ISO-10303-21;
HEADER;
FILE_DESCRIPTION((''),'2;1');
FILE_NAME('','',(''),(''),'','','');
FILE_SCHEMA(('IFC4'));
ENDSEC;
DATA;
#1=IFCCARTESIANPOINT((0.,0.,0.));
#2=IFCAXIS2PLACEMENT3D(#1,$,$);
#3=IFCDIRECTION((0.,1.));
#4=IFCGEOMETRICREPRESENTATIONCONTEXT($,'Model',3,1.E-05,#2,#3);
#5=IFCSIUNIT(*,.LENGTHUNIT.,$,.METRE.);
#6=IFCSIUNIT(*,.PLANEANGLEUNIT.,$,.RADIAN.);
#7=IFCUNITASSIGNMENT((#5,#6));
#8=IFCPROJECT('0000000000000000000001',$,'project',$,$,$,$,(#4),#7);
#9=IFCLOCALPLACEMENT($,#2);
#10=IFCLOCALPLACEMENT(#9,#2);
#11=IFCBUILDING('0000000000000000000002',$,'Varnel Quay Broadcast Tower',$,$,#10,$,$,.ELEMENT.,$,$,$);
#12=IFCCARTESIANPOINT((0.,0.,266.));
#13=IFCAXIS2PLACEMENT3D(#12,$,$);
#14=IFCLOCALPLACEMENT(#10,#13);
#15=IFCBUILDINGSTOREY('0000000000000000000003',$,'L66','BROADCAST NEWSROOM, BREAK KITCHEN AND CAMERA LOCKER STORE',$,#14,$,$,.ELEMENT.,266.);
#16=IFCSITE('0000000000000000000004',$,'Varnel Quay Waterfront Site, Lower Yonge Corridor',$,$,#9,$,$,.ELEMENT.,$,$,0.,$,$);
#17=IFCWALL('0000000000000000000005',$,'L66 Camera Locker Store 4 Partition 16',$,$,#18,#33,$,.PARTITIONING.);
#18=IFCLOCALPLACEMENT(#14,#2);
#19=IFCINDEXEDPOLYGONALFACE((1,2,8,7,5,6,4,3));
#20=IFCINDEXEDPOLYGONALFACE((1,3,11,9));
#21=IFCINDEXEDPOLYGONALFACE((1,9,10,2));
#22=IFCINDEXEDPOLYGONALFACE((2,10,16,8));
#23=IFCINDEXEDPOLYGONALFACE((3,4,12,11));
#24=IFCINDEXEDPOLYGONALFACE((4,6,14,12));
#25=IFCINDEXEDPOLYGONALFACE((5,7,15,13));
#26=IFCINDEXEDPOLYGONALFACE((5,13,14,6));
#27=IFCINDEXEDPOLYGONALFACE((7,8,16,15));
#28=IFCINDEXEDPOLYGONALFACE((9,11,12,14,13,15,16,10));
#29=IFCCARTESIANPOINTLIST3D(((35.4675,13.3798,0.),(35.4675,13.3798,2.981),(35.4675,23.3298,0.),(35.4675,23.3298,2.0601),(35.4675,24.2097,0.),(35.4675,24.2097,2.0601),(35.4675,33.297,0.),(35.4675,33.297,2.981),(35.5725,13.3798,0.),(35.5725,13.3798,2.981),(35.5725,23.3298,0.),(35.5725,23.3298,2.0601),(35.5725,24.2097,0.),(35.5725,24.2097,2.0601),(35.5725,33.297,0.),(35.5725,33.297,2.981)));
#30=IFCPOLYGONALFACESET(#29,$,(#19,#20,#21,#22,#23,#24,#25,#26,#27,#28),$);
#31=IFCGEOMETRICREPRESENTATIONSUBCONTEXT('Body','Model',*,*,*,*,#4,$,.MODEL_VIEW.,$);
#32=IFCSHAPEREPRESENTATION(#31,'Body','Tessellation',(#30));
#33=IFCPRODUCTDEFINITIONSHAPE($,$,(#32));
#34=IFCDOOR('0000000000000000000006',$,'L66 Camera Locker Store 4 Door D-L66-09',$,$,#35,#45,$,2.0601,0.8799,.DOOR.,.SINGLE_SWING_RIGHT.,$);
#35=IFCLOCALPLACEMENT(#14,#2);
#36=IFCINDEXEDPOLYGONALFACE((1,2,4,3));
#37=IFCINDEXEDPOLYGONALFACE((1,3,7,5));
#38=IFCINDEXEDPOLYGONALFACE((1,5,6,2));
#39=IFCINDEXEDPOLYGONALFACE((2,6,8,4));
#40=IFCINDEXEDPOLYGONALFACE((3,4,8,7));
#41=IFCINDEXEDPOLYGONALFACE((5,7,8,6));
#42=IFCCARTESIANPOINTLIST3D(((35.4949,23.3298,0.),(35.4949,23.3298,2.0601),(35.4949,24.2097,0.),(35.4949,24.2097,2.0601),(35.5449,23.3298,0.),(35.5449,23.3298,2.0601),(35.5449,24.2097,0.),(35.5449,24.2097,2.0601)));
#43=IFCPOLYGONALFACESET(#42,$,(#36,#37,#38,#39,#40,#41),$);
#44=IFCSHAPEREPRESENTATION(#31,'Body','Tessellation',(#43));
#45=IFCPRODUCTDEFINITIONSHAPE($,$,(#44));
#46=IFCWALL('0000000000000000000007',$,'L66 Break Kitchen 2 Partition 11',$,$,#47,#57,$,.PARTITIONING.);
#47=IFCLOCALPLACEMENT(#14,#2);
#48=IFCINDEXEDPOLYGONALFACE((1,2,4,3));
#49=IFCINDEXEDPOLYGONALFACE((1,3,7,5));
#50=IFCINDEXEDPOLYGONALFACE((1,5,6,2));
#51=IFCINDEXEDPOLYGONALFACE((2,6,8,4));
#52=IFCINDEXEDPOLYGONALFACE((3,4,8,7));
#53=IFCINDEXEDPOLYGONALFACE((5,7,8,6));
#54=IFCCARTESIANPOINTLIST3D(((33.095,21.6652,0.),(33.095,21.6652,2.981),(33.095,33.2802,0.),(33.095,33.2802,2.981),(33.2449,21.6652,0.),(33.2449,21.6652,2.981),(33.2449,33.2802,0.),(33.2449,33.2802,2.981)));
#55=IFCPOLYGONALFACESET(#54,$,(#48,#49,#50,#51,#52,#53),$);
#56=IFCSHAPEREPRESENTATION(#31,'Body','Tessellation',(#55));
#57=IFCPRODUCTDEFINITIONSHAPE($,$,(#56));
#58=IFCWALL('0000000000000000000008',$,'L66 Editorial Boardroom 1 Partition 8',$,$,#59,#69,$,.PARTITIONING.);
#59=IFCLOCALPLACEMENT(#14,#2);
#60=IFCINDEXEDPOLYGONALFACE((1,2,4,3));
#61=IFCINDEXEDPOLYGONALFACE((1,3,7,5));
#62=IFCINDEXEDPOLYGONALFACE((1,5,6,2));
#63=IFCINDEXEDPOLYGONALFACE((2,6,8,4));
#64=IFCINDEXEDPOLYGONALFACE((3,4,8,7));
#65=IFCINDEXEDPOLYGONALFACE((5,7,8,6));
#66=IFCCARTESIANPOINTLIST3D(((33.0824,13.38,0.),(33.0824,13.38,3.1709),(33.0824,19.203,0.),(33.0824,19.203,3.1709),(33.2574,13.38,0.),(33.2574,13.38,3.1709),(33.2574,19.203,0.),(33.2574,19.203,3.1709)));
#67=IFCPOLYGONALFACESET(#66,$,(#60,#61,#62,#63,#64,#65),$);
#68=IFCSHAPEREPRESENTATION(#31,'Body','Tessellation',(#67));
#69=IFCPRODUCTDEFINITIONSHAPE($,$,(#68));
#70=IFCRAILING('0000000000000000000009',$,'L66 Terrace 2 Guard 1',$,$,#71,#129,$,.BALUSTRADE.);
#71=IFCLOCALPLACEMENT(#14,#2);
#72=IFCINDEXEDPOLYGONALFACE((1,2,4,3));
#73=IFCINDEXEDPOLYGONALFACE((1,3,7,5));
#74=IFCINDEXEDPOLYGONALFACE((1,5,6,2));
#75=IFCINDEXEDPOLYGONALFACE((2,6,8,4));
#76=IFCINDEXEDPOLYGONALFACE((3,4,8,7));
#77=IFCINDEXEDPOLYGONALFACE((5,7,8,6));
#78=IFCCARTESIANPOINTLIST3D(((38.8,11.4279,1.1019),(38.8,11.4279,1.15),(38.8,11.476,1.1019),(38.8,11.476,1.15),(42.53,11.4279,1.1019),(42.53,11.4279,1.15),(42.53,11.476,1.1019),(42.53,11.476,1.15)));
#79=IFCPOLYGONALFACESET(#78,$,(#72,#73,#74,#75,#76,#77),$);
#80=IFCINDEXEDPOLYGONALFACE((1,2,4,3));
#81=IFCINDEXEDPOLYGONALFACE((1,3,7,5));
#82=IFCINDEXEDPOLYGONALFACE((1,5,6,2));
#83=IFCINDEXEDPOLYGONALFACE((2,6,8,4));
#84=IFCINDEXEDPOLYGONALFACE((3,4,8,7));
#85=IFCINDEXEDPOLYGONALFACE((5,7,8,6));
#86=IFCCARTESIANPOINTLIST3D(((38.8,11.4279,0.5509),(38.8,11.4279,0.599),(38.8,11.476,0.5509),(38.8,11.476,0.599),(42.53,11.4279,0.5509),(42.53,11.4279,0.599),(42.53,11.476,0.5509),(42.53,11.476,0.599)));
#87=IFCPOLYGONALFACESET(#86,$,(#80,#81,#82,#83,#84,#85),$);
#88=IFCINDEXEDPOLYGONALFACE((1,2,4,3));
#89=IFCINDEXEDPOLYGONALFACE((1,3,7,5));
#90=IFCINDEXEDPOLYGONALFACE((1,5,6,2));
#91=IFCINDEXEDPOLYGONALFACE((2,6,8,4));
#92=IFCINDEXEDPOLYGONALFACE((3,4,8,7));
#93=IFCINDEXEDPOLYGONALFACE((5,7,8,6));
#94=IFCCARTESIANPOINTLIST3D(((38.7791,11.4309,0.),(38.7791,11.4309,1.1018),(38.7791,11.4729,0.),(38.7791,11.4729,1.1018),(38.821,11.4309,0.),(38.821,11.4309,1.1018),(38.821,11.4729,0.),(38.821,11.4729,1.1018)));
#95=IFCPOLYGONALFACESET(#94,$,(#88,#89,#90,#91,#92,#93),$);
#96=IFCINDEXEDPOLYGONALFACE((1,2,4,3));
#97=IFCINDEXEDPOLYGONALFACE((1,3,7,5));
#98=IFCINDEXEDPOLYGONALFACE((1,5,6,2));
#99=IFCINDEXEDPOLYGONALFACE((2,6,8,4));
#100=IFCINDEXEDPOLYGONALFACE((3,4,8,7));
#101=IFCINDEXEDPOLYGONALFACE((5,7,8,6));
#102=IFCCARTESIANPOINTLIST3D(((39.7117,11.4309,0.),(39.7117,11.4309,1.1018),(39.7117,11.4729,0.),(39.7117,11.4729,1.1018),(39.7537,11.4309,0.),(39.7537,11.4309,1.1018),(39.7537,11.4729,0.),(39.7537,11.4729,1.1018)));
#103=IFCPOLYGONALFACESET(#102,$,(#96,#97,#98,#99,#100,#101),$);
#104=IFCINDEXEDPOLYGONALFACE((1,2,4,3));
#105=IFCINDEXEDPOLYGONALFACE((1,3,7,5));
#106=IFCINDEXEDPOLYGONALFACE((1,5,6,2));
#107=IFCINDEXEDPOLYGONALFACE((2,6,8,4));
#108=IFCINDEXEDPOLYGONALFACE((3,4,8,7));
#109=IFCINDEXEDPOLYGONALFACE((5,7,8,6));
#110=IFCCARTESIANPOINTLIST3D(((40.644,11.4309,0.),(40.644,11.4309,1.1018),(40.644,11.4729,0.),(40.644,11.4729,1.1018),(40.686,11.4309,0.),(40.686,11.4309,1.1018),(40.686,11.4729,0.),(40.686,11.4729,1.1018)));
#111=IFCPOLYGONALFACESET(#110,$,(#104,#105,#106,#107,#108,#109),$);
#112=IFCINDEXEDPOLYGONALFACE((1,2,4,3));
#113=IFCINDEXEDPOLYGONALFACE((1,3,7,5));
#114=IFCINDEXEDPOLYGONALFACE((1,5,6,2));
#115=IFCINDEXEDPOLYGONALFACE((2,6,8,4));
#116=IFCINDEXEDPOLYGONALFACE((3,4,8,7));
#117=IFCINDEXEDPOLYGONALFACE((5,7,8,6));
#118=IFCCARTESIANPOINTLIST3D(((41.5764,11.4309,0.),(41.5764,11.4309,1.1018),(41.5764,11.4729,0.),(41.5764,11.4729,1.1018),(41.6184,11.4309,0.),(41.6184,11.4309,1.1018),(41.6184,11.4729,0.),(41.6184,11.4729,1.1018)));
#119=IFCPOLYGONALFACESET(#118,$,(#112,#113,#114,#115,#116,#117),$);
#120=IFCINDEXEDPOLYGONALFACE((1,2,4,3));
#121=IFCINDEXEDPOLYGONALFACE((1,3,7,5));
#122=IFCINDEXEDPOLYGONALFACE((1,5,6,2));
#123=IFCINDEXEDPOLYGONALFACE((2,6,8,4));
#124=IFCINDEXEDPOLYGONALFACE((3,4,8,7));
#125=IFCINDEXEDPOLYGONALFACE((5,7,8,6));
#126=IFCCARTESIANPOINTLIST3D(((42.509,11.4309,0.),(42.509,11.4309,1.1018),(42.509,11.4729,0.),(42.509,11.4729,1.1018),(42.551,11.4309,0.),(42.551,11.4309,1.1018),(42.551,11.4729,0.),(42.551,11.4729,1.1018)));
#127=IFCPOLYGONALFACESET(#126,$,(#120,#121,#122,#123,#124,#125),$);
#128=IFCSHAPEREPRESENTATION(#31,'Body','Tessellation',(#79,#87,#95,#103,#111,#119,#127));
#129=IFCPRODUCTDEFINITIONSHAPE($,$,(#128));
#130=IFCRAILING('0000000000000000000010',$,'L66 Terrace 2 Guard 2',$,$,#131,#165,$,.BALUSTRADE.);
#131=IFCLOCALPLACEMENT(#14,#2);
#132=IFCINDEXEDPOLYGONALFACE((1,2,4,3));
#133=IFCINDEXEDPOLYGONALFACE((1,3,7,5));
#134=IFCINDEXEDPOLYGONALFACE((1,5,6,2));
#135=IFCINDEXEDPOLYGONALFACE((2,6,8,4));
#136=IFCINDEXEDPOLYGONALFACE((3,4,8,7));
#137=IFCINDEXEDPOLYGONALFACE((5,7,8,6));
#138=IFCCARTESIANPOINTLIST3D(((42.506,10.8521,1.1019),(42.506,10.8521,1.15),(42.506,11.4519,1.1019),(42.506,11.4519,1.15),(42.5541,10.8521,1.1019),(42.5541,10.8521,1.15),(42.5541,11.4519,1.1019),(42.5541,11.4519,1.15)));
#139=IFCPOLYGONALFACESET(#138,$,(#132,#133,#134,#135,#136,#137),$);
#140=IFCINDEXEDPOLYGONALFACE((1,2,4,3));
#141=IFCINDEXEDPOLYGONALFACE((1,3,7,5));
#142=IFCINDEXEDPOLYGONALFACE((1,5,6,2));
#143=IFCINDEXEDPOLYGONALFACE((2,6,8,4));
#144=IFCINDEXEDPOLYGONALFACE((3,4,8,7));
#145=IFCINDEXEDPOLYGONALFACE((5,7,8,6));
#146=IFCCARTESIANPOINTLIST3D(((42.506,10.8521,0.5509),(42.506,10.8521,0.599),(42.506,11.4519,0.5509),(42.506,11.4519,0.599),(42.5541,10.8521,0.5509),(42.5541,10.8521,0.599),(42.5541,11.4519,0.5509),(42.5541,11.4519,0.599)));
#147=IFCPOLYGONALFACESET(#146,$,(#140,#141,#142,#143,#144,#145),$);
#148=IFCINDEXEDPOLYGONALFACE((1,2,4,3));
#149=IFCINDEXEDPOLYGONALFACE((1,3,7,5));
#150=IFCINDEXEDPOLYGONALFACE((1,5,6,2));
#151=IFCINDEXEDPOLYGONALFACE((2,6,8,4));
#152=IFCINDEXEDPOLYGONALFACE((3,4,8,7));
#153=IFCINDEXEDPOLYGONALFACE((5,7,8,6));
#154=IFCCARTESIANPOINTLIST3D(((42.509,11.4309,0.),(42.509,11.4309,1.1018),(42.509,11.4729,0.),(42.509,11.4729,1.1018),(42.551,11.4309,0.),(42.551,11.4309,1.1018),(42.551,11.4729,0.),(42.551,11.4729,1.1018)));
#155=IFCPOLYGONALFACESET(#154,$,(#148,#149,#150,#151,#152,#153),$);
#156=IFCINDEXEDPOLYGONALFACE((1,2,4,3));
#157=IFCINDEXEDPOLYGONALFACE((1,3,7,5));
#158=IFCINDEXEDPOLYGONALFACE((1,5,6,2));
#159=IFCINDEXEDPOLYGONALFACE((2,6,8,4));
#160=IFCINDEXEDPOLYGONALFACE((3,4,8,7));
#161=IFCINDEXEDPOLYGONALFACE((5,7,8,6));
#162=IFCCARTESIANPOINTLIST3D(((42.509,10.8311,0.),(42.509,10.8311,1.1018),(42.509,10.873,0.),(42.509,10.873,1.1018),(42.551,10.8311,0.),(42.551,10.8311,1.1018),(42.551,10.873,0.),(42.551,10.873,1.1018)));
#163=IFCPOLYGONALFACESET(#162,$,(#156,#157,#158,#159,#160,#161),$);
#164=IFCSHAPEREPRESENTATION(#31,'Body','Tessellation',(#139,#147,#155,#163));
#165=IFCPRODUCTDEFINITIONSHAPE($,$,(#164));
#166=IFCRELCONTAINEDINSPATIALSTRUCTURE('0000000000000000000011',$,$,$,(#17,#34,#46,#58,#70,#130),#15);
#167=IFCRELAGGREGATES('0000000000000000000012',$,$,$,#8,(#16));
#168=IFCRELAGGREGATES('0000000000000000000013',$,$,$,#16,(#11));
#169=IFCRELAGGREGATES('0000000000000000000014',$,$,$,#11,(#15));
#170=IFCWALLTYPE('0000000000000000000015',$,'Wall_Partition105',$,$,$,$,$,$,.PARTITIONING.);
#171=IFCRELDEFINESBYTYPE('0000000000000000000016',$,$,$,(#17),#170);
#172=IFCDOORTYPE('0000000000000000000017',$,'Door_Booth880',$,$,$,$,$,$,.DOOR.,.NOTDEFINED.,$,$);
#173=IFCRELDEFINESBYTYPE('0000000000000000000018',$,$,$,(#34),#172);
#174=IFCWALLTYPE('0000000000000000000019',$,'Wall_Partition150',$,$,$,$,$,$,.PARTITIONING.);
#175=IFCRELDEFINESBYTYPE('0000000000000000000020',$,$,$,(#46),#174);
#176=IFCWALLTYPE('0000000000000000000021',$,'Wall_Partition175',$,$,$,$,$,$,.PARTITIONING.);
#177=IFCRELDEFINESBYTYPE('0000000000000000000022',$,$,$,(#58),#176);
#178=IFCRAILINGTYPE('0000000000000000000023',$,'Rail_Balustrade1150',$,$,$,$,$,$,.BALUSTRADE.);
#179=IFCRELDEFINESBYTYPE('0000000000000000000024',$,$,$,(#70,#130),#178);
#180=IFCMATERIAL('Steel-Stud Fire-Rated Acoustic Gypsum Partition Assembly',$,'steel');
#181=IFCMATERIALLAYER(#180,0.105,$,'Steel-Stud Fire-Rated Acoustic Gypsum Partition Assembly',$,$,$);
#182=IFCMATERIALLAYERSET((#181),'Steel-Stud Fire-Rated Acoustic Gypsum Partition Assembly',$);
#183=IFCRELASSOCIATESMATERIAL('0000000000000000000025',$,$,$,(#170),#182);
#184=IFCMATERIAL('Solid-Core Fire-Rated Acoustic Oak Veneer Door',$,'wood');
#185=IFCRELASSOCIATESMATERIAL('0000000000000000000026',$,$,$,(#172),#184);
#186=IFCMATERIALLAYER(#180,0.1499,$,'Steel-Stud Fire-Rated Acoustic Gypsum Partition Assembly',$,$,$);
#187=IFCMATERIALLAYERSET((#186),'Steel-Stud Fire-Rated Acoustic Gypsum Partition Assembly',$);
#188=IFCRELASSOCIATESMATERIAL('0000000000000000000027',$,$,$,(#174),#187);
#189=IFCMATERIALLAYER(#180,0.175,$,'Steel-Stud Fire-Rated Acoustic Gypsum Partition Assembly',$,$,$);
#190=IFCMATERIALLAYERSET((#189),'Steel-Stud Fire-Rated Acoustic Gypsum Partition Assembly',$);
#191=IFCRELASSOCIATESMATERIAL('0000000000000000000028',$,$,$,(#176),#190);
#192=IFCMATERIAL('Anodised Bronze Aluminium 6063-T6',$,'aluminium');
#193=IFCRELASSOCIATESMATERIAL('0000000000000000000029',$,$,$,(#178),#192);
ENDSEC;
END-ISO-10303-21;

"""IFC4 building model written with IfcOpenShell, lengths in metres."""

from ifc_helpers import new_model, si_unit, direction, frame, frame_2d, origin, origin_2d, place, context, subcontext, project, spatial, rectangle, extrude, source, transform, mapped, material, layer, layer_set, type_object, type_shapes, element, fill, save


model = new_model("IFC4")

# Units and contexts
model_context = context("Model", 3, precision=1e-05, world=origin(), true_north=direction((0.0, 1.0)))
body_context = subcontext(model_context, "Body", "Model", "MODEL_VIEW")
ifc_project = project(units=[si_unit("LENGTHUNIT", "METRE"), si_unit("PLANEANGLEUNIT", "RADIAN")], contexts=[model_context])

# Site, building, storey
site_placement = place(None, origin())
site = spatial("IfcSite", under=ifc_project, at=site_placement, Name="Varnel Quay Waterfront Site, Lower Yonge Corridor", CompositionType="ELEMENT", RefElevation=0.0)
building_placement = place(site_placement, origin())
building = spatial("IfcBuilding", under=site, at=building_placement, Name="Varnel Quay Broadcast Tower", CompositionType="ELEMENT")
storey_placement = place(building_placement, frame((0.0, 0.0, 266.0)))
storey = spatial("IfcBuildingStorey", under=building, at=storey_placement, Name="L66", Description="BROADCAST NEWSROOM, BREAK KITCHEN AND CAMERA LOCKER STORE", CompositionType="ELEMENT", Elevation=266.0)

# Shared definitions
ifc_material_1 = material(Name="Anodised Bronze Aluminium 6063-T6", Category="aluminium")

# Shared definitions
ifc_material_2 = material(Name="Steel-Stud Fire-Rated Acoustic Gypsum Partition Assembly", Category="steel")
ifc_layer_1 = layer(ifc_material_2, 0.105, Name="Steel-Stud Fire-Rated Acoustic Gypsum Partition Assembly")
ifc_layer_set_1 = layer_set([ifc_layer_1], Name="Steel-Stud Fire-Rated Acoustic Gypsum Partition Assembly")
wall_type_1 = type_object("IfcWallType", Name="Wall_Partition105", PredefinedType="PARTITIONING", material=ifc_layer_set_1)

# Wall, opening, door
wall_1_placement = place(storey_placement, frame((35.52, 13.3799, 0.0), z_axis=(0.0, 0.0, 1.0), x_axis=(0.0, 1.0, 0.0)))
wall_1 = element("IfcWall", 1, at=wall_1_placement, inside=storey, type_object=wall_type_1, Name="L66 Camera Locker Store 4 Partition 16", PredefinedType="PARTITIONING", context=body_context, shape_type="SweptSolid", body=[
    extrude(rectangle(XDim=19.9172, YDim=0.105, at=frame_2d((9.9585, 0.0))), origin(), (0.0, 0.0, 1.0), 2.981),
])
opening_1_placement = place(wall_1_placement, frame((9.95, 0.0, 0.0)))
opening_1 = element("IfcOpeningElement", 2, at=opening_1_placement, cuts=wall_1, PredefinedType="OPENING", context=body_context, shape_type="SweptSolid", body=[
    extrude(rectangle(XDim=0.8799, YDim=2.0601, at=frame_2d((0.4399, 1.03))), frame((0.0, 0.0625, 0.0), z_axis=(0.0, -1.0, 0.0), x_axis=(1.0, 0.0, 0.0)), (0.0, 0.0, 1.0), 0.125),
])
ifc_material_3 = material(Name="Solid-Core Fire-Rated Acoustic Oak Veneer Door", Category="wood")
door_type_1 = type_object("IfcDoorType", Name="Door_Booth880", OperationType="NOTDEFINED", PredefinedType="DOOR", material=ifc_material_3)
shared_shape_1 = source(origin(), body_context, "Body", "SweptSolid", [
    extrude(rectangle(XDim=0.8799, YDim=2.0601, at=frame_2d((0.4399, 1.03))), frame((0.0, 0.0249, 0.0), z_axis=(0.0, -1.0, 0.0), x_axis=(1.0, 0.0, 0.0)), (0.0, 0.0, 1.0), 0.05),
])
type_shapes(door_type_1, [shared_shape_1])
door_1_placement = place(opening_1_placement, frame((0.8799, 0.0, 0.0), z_axis=(0.0, 0.0, 1.0), x_axis=(-1.0, 0.0, 0.0)))
door_1 = element("IfcDoor", 3, at=door_1_placement, inside=storey, type_object=door_type_1, Name="L66 Camera Locker Store 4 Door D-L66-09", OperationType="SINGLE_SWING_RIGHT", OverallHeight=2.0601, OverallWidth=0.8799, PredefinedType="DOOR", context=body_context, shape_type="MappedRepresentation", body=[
    mapped(shared_shape_1, transform((0.0, 0.0, 0.0), x_axis=(1.0, 0.0, 0.0), y_axis=(0.0, 1.0, 0.0), z_axis=(0.0, 0.0, 1.0), scale=1.0)),
])
fill(opening_1, door_1)

# Walls
ifc_layer_2 = layer(ifc_material_2, 0.1499, Name="Steel-Stud Fire-Rated Acoustic Gypsum Partition Assembly")
ifc_layer_set_2 = layer_set([ifc_layer_2], Name="Steel-Stud Fire-Rated Acoustic Gypsum Partition Assembly")
wall_type_2 = type_object("IfcWallType", Name="Wall_Partition150", PredefinedType="PARTITIONING", material=ifc_layer_set_2)
wall_2_placement = place(storey_placement, frame((33.1699, 21.665, 0.0), z_axis=(0.0, 0.0, 1.0), x_axis=(0.0, 1.0, 0.0)))
element("IfcWall", 4, at=wall_2_placement, inside=storey, type_object=wall_type_2, Name="L66 Break Kitchen 2 Partition 11", PredefinedType="PARTITIONING", context=body_context, shape_type="SweptSolid", body=[
    extrude(rectangle(XDim=11.615, YDim=0.1499, at=frame_2d((5.8076, 0.0))), origin(), (0.0, 0.0, 1.0), 2.981),
])
ifc_layer_3 = layer(ifc_material_2, 0.175, Name="Steel-Stud Fire-Rated Acoustic Gypsum Partition Assembly")
ifc_layer_set_3 = layer_set([ifc_layer_3], Name="Steel-Stud Fire-Rated Acoustic Gypsum Partition Assembly")
wall_type_3 = type_object("IfcWallType", Name="Wall_Partition175", PredefinedType="PARTITIONING", material=ifc_layer_set_3)
wall_3_placement = place(storey_placement, frame((33.1699, 13.3799, 0.0), z_axis=(0.0, 0.0, 1.0), x_axis=(0.0, 1.0, 0.0)))
element("IfcWall", 5, at=wall_3_placement, inside=storey, type_object=wall_type_3, Name="L66 Editorial Boardroom 1 Partition 8", PredefinedType="PARTITIONING", context=body_context, shape_type="SweptSolid", body=[
    extrude(rectangle(XDim=5.823, YDim=0.175, at=frame_2d((2.9116, 0.0))), origin(), (0.0, 0.0, 1.0), 3.1709),
])

# Railings
railing_type = type_object("IfcRailingType", Name="Rail_Balustrade1150", PredefinedType="BALUSTRADE", material=ifc_material_1)
railing_1_placement = place(storey_placement, frame((38.8, 11.4519, 0.0)))
element("IfcRailing", 6, at=railing_1_placement, inside=storey, type_object=railing_type, Name="L66 Terrace 2 Guard 1", PredefinedType="BALUSTRADE", context=body_context, shape_type="SweptSolid", body=[
    extrude(rectangle(XDim=0.0481, YDim=0.0481, at=origin_2d()), frame((0.0, 0.0, 1.126), z_axis=(1.0, 0.0, 0.0), x_axis=(0.0, 1.0, 0.0)), (0.0, 0.0, 1.0), 3.73),
    extrude(rectangle(XDim=0.0481, YDim=0.0481, at=origin_2d()), frame((0.0, 0.0, 0.575), z_axis=(1.0, 0.0, 0.0), x_axis=(0.0, 1.0, 0.0)), (0.0, 0.0, 1.0), 3.73),
    extrude(rectangle(XDim=0.042, YDim=0.042, at=origin_2d()), origin(), (0.0, 0.0, 1.0), 1.1018),
    extrude(rectangle(XDim=0.042, YDim=0.042, at=origin_2d()), frame((0.9326, 0.0, 0.0)), (0.0, 0.0, 1.0), 1.1018),
    extrude(rectangle(XDim=0.042, YDim=0.042, at=origin_2d()), frame((1.865, 0.0, 0.0)), (0.0, 0.0, 1.0), 1.1018),
    extrude(rectangle(XDim=0.042, YDim=0.042, at=origin_2d()), frame((2.7974, 0.0, 0.0)), (0.0, 0.0, 1.0), 1.1018),
    extrude(rectangle(XDim=0.042, YDim=0.042, at=origin_2d()), frame((3.73, 0.0, 0.0)), (0.0, 0.0, 1.0), 1.1018),
])
railing_2_placement = place(storey_placement, frame((42.53, 11.4519, 0.0)))
element("IfcRailing", 7, at=railing_2_placement, inside=storey, type_object=railing_type, Name="L66 Terrace 2 Guard 2", PredefinedType="BALUSTRADE", context=body_context, shape_type="SweptSolid", body=[
    extrude(rectangle(XDim=0.0481, YDim=0.0481, at=origin_2d()), frame((0.0, 0.0, 1.126), z_axis=(0.0, -1.0, 0.0), x_axis=(1.0, 0.0, 0.0)), (0.0, 0.0, 1.0), 0.5999),
    extrude(rectangle(XDim=0.0481, YDim=0.0481, at=origin_2d()), frame((0.0, 0.0, 0.575), z_axis=(0.0, -1.0, 0.0), x_axis=(1.0, 0.0, 0.0)), (0.0, 0.0, 1.0), 0.5999),
    extrude(rectangle(XDim=0.042, YDim=0.042, at=origin_2d()), origin(), (0.0, 0.0, 1.0), 1.1018),
    extrude(rectangle(XDim=0.042, YDim=0.042, at=origin_2d()), frame((0.0, -0.5999, 0.0)), (0.0, 0.0, 1.0), 1.1018),
])

save(model, "model.ifc")
